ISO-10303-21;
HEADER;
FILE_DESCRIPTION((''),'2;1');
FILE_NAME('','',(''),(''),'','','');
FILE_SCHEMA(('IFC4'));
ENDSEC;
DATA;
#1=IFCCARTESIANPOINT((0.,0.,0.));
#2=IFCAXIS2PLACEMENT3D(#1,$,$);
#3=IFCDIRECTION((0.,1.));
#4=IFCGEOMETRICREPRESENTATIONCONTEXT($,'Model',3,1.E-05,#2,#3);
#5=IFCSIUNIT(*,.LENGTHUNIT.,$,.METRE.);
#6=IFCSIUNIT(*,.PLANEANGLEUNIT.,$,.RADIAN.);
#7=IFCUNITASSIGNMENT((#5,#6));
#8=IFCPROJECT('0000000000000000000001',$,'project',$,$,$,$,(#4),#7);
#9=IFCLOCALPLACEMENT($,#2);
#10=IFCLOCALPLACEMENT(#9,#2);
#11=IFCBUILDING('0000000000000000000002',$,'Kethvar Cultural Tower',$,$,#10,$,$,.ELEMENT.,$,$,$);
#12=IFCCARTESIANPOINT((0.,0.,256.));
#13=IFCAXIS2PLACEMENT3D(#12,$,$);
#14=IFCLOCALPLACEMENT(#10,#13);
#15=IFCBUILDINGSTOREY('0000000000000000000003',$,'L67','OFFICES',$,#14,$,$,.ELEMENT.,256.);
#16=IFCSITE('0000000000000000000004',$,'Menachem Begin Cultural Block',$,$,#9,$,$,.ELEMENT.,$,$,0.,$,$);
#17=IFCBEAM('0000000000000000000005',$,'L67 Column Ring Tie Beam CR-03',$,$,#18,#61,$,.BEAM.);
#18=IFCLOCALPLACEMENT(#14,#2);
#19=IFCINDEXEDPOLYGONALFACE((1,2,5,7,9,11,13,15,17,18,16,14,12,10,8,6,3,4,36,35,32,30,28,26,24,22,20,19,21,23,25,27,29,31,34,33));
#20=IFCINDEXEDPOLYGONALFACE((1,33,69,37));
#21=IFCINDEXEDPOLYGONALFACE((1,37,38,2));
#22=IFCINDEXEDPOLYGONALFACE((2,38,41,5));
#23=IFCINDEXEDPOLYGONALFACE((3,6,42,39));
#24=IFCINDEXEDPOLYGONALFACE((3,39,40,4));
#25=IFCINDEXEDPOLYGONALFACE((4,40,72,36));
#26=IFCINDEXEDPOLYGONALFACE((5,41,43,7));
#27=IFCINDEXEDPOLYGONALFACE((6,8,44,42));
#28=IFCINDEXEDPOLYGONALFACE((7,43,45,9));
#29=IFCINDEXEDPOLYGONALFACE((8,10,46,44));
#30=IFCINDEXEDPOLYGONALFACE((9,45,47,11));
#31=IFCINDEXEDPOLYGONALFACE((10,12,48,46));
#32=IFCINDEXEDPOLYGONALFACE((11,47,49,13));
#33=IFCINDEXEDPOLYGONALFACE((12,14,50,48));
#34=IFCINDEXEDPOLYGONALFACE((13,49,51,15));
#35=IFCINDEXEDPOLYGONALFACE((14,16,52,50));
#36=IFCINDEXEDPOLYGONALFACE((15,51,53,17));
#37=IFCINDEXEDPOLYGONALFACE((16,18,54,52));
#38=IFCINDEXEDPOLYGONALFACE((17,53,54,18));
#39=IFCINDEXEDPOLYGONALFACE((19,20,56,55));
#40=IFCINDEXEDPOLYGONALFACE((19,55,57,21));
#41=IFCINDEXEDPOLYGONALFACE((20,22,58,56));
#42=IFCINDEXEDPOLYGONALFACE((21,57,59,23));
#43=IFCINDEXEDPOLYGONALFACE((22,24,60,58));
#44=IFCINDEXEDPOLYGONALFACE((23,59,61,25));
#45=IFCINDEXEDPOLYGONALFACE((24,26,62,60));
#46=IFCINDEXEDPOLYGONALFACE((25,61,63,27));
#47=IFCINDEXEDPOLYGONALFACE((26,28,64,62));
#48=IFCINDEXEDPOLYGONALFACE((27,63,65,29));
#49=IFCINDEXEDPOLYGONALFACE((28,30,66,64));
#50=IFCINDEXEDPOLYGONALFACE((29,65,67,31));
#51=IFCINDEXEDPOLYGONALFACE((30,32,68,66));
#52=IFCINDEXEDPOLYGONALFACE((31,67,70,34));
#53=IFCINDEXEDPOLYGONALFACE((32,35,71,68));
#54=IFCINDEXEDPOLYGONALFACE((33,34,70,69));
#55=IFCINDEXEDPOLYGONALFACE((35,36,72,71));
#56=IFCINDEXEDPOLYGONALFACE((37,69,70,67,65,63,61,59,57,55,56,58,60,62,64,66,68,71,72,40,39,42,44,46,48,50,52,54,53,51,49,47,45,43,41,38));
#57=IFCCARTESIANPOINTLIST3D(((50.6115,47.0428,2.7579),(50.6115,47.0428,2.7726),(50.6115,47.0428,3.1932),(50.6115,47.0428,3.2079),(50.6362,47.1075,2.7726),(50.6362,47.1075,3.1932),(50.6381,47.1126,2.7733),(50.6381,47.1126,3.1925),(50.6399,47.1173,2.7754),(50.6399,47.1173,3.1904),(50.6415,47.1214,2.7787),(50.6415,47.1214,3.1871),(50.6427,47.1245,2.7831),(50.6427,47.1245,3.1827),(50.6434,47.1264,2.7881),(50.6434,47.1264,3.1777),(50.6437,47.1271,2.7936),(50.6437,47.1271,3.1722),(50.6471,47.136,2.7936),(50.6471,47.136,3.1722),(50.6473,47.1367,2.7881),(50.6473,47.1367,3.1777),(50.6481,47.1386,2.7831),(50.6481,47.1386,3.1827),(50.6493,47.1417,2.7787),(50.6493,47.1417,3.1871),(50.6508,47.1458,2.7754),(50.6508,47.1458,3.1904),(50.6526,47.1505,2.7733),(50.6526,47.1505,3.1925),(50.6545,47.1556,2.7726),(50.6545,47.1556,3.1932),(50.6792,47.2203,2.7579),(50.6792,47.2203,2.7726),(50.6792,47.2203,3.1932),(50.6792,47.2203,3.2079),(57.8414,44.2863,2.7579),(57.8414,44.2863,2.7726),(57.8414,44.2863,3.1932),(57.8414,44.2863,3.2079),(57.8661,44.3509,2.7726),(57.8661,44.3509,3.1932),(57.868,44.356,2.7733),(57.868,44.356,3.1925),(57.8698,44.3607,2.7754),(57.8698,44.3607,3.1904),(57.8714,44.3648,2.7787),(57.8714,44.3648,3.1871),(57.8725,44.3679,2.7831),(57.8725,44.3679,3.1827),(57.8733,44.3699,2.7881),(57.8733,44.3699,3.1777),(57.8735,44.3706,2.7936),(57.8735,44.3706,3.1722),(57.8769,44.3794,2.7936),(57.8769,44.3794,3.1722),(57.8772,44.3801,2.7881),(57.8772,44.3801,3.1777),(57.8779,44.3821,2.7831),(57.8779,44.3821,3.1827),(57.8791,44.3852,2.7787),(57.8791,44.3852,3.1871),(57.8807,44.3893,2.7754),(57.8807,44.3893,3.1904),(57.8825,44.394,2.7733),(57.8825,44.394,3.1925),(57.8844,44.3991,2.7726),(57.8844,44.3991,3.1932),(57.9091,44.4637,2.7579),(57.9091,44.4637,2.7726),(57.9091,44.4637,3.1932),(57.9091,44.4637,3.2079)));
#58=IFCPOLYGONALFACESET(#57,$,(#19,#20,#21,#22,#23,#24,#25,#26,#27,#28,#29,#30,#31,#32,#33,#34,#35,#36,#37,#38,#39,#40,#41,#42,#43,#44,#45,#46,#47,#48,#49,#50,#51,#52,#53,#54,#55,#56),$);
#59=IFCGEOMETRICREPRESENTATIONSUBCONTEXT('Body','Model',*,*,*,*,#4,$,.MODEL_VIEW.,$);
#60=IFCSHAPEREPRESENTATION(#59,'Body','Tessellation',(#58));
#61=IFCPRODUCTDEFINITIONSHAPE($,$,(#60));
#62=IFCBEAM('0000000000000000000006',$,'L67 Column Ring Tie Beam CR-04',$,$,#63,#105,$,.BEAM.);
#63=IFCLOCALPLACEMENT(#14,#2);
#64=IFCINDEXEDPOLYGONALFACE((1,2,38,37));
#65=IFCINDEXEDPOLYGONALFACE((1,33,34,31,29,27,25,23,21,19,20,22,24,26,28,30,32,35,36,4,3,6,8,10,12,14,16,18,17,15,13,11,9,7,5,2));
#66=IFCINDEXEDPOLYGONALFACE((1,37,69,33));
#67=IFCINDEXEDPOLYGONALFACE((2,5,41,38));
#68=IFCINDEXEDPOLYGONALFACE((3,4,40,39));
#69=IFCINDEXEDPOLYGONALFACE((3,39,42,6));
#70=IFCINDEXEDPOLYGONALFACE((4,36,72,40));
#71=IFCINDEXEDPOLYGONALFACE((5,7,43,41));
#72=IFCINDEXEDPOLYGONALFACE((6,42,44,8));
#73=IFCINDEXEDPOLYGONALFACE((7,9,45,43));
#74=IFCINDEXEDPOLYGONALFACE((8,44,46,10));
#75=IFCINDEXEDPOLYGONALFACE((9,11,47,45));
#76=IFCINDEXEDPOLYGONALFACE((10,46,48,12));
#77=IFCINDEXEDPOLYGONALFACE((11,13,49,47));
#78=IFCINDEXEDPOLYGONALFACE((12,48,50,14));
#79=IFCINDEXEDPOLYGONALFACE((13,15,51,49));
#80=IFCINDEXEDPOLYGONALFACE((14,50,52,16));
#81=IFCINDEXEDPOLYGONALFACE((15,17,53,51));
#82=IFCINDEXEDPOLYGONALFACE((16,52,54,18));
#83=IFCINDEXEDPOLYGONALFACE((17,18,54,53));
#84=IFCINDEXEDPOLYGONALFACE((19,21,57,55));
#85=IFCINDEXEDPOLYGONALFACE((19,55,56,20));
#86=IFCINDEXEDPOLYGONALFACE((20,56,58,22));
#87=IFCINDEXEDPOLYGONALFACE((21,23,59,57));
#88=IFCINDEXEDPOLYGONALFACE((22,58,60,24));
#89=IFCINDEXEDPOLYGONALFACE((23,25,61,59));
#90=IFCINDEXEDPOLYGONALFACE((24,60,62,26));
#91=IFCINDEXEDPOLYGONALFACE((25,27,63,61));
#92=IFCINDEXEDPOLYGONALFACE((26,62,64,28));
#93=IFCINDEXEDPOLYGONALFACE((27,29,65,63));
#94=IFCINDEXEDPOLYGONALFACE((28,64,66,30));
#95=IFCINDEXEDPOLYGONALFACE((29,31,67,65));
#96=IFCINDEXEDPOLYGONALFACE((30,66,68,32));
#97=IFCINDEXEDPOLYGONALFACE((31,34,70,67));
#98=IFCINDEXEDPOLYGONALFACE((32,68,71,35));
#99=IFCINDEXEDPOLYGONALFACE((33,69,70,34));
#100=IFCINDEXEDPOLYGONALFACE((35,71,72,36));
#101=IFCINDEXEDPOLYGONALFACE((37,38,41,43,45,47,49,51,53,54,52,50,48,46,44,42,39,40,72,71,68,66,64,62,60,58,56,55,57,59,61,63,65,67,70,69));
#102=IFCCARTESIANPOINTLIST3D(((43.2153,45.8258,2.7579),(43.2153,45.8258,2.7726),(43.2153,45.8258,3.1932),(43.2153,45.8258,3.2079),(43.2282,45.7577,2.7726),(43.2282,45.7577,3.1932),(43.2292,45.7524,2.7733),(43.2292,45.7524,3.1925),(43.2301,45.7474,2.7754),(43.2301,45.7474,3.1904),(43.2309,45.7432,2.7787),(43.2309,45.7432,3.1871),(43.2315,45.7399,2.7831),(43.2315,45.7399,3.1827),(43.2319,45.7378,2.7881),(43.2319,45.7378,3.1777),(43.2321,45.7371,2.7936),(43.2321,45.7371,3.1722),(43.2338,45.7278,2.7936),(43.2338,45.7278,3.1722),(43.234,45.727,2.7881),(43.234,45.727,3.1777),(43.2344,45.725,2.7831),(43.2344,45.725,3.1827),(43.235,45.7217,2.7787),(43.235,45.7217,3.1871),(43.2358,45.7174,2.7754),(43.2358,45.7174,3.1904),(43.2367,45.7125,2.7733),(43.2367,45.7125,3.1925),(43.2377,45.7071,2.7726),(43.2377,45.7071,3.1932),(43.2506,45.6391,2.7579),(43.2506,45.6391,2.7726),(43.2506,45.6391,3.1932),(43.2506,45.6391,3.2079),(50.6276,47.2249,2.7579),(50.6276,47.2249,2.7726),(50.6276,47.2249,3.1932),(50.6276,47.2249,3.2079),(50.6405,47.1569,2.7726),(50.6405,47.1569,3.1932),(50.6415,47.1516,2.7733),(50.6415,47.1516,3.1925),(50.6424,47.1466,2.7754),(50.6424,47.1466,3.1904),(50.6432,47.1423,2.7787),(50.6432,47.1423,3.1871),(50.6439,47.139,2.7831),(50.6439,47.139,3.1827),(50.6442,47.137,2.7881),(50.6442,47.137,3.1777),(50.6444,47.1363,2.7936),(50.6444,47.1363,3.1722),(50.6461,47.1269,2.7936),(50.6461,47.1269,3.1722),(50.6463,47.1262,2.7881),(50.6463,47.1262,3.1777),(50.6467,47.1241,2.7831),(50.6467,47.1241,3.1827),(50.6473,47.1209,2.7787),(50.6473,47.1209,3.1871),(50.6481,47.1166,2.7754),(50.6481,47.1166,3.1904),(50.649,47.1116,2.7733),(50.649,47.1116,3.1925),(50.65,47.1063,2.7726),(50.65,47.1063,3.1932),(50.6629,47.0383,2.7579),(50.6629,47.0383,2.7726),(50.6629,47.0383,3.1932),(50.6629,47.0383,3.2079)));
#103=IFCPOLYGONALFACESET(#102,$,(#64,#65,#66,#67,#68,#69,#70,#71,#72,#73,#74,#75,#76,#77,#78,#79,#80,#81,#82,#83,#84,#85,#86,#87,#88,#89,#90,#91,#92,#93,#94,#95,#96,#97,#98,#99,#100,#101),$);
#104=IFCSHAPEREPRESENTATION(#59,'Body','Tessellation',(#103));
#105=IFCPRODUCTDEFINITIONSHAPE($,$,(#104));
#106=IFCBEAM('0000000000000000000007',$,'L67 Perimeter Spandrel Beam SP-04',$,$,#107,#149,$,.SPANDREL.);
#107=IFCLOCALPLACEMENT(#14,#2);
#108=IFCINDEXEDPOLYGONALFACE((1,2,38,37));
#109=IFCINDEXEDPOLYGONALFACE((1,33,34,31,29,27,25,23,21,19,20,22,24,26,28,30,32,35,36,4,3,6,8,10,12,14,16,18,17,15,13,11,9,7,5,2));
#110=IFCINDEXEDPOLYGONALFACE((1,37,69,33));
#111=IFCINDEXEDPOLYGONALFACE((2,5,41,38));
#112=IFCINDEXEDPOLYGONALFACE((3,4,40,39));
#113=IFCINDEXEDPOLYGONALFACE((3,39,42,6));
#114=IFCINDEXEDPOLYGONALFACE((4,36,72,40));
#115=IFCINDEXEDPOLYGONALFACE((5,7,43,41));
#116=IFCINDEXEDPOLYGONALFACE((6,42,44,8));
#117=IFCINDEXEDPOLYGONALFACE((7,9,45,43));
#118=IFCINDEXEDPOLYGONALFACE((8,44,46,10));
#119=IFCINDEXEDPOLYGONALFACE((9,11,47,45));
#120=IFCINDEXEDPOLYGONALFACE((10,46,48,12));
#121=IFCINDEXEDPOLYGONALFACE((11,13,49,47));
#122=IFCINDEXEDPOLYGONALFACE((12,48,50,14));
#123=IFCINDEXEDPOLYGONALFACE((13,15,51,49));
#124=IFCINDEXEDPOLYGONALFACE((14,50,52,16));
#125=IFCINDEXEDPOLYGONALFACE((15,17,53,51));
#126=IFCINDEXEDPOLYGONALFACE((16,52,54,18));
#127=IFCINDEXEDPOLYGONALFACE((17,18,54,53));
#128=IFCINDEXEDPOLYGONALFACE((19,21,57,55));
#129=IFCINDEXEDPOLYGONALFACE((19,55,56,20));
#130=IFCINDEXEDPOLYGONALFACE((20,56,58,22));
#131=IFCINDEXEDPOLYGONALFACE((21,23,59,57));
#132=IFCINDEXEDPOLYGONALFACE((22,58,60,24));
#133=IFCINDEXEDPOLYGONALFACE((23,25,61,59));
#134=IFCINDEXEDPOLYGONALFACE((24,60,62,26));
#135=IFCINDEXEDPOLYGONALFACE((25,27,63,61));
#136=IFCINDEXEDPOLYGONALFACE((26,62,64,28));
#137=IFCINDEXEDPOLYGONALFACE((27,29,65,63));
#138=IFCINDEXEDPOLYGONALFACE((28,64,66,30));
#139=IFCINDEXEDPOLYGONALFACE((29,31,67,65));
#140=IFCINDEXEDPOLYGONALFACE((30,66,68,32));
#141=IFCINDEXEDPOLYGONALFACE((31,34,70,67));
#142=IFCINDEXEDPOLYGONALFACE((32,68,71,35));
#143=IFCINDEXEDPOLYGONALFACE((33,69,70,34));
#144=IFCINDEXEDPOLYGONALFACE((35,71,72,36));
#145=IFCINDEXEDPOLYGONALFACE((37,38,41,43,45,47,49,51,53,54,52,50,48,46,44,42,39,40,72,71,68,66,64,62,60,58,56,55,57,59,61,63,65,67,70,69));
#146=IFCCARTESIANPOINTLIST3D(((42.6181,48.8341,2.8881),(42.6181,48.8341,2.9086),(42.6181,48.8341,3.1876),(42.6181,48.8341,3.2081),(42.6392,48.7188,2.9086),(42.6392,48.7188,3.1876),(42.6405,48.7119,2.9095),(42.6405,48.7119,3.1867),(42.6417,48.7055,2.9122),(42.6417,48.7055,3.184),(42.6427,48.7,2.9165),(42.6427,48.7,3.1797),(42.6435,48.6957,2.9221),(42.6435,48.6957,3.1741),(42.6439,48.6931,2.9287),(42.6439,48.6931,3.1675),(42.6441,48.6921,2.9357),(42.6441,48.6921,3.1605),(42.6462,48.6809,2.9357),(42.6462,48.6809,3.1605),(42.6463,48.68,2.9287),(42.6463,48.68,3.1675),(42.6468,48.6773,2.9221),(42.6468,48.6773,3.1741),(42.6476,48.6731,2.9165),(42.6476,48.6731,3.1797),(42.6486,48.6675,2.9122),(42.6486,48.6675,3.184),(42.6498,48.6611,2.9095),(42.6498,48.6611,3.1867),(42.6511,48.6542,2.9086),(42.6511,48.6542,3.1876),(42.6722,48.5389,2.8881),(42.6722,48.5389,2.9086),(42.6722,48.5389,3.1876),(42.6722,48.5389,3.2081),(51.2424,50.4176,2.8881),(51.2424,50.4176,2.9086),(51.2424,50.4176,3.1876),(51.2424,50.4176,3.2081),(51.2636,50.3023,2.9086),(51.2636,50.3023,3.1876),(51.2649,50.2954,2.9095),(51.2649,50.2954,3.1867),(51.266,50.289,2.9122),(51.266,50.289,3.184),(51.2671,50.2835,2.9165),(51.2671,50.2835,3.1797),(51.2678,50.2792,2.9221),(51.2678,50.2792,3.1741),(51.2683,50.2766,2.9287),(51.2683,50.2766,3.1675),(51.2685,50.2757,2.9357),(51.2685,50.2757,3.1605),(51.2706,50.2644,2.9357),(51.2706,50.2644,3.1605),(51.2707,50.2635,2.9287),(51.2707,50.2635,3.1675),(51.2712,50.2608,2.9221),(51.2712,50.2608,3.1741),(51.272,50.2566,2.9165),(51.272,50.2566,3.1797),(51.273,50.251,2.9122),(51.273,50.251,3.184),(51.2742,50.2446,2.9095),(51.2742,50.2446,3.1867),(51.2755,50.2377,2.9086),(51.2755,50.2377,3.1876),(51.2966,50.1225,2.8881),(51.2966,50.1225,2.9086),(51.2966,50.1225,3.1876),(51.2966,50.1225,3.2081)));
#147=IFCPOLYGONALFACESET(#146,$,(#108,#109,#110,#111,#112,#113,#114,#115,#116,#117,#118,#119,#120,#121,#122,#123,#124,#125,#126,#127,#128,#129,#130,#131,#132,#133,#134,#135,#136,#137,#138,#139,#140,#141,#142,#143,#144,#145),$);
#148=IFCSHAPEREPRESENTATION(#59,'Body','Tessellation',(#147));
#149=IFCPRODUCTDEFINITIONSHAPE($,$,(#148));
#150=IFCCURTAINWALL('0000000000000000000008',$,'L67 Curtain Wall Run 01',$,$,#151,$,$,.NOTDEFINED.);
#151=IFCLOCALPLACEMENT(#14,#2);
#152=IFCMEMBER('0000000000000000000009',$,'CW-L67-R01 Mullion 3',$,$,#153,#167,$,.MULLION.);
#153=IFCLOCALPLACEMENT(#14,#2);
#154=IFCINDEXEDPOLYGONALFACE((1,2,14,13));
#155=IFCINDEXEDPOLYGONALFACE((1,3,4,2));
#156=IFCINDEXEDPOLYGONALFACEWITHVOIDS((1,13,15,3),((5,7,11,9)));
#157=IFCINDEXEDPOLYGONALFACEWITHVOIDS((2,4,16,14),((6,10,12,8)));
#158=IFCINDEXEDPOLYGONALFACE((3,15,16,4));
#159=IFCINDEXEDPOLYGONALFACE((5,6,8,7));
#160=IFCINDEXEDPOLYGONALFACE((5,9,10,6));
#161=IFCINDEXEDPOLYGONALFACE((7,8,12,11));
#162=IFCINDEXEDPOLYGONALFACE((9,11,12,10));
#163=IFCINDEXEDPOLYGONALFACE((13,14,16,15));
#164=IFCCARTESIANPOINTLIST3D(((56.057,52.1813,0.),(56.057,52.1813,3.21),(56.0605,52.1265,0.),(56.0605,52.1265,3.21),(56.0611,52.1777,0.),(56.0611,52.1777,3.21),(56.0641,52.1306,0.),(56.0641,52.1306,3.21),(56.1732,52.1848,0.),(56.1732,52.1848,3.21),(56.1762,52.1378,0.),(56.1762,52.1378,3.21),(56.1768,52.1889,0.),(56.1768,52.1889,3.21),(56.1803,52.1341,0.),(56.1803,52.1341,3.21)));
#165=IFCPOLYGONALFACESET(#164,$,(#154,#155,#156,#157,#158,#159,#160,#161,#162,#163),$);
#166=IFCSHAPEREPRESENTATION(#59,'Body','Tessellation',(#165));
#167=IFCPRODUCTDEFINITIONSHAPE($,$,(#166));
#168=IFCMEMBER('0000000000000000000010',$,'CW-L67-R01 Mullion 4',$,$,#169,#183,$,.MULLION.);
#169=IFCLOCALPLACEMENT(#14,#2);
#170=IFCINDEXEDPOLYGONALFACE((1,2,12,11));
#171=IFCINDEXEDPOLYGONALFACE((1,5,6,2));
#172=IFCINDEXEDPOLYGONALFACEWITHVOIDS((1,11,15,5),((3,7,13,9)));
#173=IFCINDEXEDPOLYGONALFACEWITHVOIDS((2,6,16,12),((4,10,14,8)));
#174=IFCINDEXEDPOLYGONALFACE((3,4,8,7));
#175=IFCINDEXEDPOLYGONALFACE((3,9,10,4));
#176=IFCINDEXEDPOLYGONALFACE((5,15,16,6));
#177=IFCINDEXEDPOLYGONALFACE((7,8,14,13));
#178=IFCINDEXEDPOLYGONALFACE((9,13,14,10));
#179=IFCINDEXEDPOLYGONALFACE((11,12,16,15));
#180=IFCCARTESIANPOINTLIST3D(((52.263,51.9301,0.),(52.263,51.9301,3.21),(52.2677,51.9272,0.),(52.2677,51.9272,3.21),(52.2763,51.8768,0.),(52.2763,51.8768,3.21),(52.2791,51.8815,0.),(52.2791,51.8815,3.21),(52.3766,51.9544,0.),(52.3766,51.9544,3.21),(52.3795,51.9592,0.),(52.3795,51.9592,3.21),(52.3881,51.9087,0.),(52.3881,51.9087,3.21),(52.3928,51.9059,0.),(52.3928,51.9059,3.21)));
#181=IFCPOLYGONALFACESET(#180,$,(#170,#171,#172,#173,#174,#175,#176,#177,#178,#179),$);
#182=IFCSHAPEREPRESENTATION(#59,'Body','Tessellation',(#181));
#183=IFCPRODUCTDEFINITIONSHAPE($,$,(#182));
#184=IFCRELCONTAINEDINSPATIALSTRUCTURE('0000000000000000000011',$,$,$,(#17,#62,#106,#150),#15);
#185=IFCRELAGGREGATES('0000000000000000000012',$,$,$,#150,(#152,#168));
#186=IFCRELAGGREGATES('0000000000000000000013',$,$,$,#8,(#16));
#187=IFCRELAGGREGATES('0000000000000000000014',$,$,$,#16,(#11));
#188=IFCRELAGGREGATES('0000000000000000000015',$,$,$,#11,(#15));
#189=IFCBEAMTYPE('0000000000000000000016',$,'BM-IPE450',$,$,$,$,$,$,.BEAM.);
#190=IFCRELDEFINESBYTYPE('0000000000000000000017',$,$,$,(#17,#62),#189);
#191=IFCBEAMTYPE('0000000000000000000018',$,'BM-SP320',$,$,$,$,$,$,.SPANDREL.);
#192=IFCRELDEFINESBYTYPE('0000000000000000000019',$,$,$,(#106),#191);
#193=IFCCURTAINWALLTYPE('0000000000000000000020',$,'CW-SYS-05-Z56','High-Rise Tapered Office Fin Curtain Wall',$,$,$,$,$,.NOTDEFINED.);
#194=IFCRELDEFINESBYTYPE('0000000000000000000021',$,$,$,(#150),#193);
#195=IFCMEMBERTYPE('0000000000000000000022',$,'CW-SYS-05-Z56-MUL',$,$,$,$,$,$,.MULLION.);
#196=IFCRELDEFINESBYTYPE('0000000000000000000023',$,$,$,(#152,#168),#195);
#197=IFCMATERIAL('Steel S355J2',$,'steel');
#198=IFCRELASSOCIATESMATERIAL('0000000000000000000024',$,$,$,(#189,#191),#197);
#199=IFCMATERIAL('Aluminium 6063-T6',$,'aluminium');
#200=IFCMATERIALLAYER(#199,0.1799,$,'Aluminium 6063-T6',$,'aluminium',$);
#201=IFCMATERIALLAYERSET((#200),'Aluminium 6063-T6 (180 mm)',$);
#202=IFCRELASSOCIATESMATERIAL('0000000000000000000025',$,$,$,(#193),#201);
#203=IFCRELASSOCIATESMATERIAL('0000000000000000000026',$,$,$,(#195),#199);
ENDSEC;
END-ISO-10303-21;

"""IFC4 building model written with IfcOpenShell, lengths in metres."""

from ifc_helpers import new_model, si_unit, direction, frame, origin, origin_2d, place, context, subcontext, project, spatial, hollow_rectangle, i_section, extrude, source, transform, mapped, material, layer, layer_set, material_profile, profile_set, type_object, element, aggregate, save


model = new_model("IFC4")

# Units and contexts
model_context = context("Model", 3, precision=1e-05, world=origin(), true_north=direction((0.0, 1.0)))
body_context = subcontext(model_context, "Body", "Model", "MODEL_VIEW")
ifc_project = project(units=[si_unit("LENGTHUNIT", "METRE"), si_unit("PLANEANGLEUNIT", "RADIAN")], contexts=[model_context])

# Site, building, storey
site_placement = place(None, origin())
site = spatial("IfcSite", under=ifc_project, at=site_placement, Name="Menachem Begin Cultural Block", CompositionType="ELEMENT", RefElevation=0.0)
building_placement = place(site_placement, origin())
building = spatial("IfcBuilding", under=site, at=building_placement, Name="Kethvar Cultural Tower", CompositionType="ELEMENT")
storey_placement = place(building_placement, frame((0.0, 0.0, 256.0)))
storey = spatial("IfcBuildingStorey", under=building, at=storey_placement, Name="L67", Description="OFFICES", CompositionType="ELEMENT", Elevation=256.0)

# Beams
ifc_material_1 = material(Name="Steel S355J2", Category="steel")
ifc_material_profile_1 = material_profile(ifc_material_1, i_section(OverallWidth=0.1899, OverallDepth=0.45, WebThickness=0.0095, FlangeThickness=0.0146, FilletRadius=0.021, at=origin_2d()), Name="Steel S355J2 — IPE450")
ifc_profile_set_1 = profile_set([ifc_material_profile_1], Name="Steel S355J2 — IPE450")
beam_type_1 = type_object("IfcBeamType", Name="BM-IPE450", PredefinedType="BEAM", material=ifc_profile_set_1)
shared_shape_1 = source(origin(), body_context, "Body", "SweptSolid", [
    extrude(i_section(OverallWidth=0.1899, OverallDepth=0.45, WebThickness=0.0095, FlangeThickness=0.0146, FilletRadius=0.021, at=origin_2d()), origin(), (0.0, 0.0, 1.0), 7.7375),
])
beam_1_placement = place(storey_placement, frame((57.8752, 44.375, 2.9829), z_axis=(-0.934388, 0.356256, 0.0), x_axis=(-0.356256, -0.934388, 0.0)))
element("IfcBeam", 1, at=beam_1_placement, inside=storey, type_object=beam_type_1, Name="L67 Column Ring Tie Beam CR-03", PredefinedType="BEAM", context=body_context, shape_type="MappedRepresentation", body=[
    mapped(shared_shape_1, transform((0.0, 0.0, 0.0), scale=1.0)),
])
shared_shape_2 = source(origin(), body_context, "Body", "SweptSolid", [
    extrude(i_section(OverallWidth=0.1899, OverallDepth=0.45, WebThickness=0.0095, FlangeThickness=0.0146, FilletRadius=0.021, at=origin_2d()), origin(), (0.0, 0.0, 1.0), 7.5432),
])
beam_2_placement = place(storey_placement, frame((50.6453, 47.1316, 2.9829), z_axis=(-0.982647, -0.185486, 0.0), x_axis=(0.185486, -0.982647, 0.0)))
element("IfcBeam", 2, at=beam_2_placement, inside=storey, type_object=beam_type_1, Name="L67 Column Ring Tie Beam CR-04", PredefinedType="BEAM", context=body_context, shape_type="MappedRepresentation", body=[
    mapped(shared_shape_2, transform((0.0, 0.0, 0.0), scale=1.0)),
])
ifc_material_profile_2 = material_profile(ifc_material_1, i_section(OverallWidth=0.3, OverallDepth=0.3201, WebThickness=0.0115, FlangeThickness=0.0205, FilletRadius=0.0271, at=origin_2d()), Name="Steel S355J2 — HEB320")
ifc_profile_set_2 = profile_set([ifc_material_profile_2], Name="Steel S355J2 — HEB320")
beam_type_2 = type_object("IfcBeamType", Name="BM-SP320", PredefinedType="SPANDREL", material=ifc_profile_set_2)
shared_shape_3 = source(origin(), body_context, "Body", "SweptSolid", [
    extrude(i_section(OverallWidth=0.3, OverallDepth=0.3201, WebThickness=0.0115, FlangeThickness=0.0205, FilletRadius=0.0271, at=origin_2d()), origin(), (0.0, 0.0, 1.0), 8.7686),
])
beam_3_placement = place(storey_placement, frame((51.2695, 50.27, 3.0481), z_axis=(-0.983558, -0.180591, 0.0), x_axis=(0.180591, -0.983558, 0.0)))
element("IfcBeam", 3, at=beam_3_placement, inside=storey, type_object=beam_type_2, Name="L67 Perimeter Spandrel Beam SP-04", PredefinedType="SPANDREL", context=body_context, shape_type="MappedRepresentation", body=[
    mapped(shared_shape_3, transform((0.0, 0.0, 0.0), scale=1.0)),
])

# Curtain wall, members
ifc_material_2 = material(Name="Aluminium 6063-T6", Category="aluminium")
ifc_layer_1 = layer(ifc_material_2, 0.1799, Name="Aluminium 6063-T6", Category="aluminium")
ifc_layer_set_1 = layer_set([ifc_layer_1], Name="Aluminium 6063-T6 (180 mm)")
curtain_wall_type = type_object("IfcCurtainWallType", Name="CW-SYS-05-Z56", Description="High-Rise Tapered Office Fin Curtain Wall", PredefinedType="NOTDEFINED", material=ifc_layer_set_1)
curtain_wall_placement = place(storey_placement, origin())
curtain_wall = element("IfcCurtainWall", 4, at=curtain_wall_placement, inside=storey, type_object=curtain_wall_type, Name="L67 Curtain Wall Run 01", PredefinedType="NOTDEFINED")
ifc_material_profile_3 = material_profile(ifc_material_2, hollow_rectangle(XDim=0.0549, YDim=0.1201, WallThickness=0.0039, at=origin_2d()), Name="Aluminium 6063-T6 — RHS120x55x4")
ifc_profile_set_3 = profile_set([ifc_material_profile_3], Name="Aluminium 6063-T6 — RHS120x55x4")
member_type_1 = type_object("IfcMemberType", Name="CW-SYS-05-Z56-MUL", PredefinedType="MULLION", material=ifc_profile_set_3)
shared_shape_4 = source(origin(), body_context, "Body", "SweptSolid", [
    extrude(hollow_rectangle(XDim=0.0549, YDim=0.1201, WallThickness=0.0039, at=origin_2d()), origin(), (0.0, 0.0, 1.0), 3.21),
])
member_1_placement = place(storey_placement, frame((56.1187, 52.1577, 0.0), z_axis=(0.0, 0.0, 1.0), x_axis=(0.063574, -0.997977, 0.0)))
member_1 = element("IfcMember", 5, at=member_1_placement, type_object=member_type_1, Name="CW-L67-R01 Mullion 3", PredefinedType="MULLION", context=body_context, shape_type="MappedRepresentation", body=[
    mapped(shared_shape_4, transform((0.0, 0.0, 0.0), scale=1.0)),
])
member_2_placement = place(storey_placement, frame((52.3279, 51.918, 0.0), z_axis=(0.0, 0.0, 1.0), x_axis=(0.242413, -0.970173, 0.0)))
member_2 = element("IfcMember", 6, at=member_2_placement, type_object=member_type_1, Name="CW-L67-R01 Mullion 4", PredefinedType="MULLION", context=body_context, shape_type="MappedRepresentation", body=[
    mapped(shared_shape_4, transform((0.0, 0.0, 0.0), scale=1.0)),
])
aggregate(curtain_wall, [member_1, member_2])

save(model, "model.ifc")
